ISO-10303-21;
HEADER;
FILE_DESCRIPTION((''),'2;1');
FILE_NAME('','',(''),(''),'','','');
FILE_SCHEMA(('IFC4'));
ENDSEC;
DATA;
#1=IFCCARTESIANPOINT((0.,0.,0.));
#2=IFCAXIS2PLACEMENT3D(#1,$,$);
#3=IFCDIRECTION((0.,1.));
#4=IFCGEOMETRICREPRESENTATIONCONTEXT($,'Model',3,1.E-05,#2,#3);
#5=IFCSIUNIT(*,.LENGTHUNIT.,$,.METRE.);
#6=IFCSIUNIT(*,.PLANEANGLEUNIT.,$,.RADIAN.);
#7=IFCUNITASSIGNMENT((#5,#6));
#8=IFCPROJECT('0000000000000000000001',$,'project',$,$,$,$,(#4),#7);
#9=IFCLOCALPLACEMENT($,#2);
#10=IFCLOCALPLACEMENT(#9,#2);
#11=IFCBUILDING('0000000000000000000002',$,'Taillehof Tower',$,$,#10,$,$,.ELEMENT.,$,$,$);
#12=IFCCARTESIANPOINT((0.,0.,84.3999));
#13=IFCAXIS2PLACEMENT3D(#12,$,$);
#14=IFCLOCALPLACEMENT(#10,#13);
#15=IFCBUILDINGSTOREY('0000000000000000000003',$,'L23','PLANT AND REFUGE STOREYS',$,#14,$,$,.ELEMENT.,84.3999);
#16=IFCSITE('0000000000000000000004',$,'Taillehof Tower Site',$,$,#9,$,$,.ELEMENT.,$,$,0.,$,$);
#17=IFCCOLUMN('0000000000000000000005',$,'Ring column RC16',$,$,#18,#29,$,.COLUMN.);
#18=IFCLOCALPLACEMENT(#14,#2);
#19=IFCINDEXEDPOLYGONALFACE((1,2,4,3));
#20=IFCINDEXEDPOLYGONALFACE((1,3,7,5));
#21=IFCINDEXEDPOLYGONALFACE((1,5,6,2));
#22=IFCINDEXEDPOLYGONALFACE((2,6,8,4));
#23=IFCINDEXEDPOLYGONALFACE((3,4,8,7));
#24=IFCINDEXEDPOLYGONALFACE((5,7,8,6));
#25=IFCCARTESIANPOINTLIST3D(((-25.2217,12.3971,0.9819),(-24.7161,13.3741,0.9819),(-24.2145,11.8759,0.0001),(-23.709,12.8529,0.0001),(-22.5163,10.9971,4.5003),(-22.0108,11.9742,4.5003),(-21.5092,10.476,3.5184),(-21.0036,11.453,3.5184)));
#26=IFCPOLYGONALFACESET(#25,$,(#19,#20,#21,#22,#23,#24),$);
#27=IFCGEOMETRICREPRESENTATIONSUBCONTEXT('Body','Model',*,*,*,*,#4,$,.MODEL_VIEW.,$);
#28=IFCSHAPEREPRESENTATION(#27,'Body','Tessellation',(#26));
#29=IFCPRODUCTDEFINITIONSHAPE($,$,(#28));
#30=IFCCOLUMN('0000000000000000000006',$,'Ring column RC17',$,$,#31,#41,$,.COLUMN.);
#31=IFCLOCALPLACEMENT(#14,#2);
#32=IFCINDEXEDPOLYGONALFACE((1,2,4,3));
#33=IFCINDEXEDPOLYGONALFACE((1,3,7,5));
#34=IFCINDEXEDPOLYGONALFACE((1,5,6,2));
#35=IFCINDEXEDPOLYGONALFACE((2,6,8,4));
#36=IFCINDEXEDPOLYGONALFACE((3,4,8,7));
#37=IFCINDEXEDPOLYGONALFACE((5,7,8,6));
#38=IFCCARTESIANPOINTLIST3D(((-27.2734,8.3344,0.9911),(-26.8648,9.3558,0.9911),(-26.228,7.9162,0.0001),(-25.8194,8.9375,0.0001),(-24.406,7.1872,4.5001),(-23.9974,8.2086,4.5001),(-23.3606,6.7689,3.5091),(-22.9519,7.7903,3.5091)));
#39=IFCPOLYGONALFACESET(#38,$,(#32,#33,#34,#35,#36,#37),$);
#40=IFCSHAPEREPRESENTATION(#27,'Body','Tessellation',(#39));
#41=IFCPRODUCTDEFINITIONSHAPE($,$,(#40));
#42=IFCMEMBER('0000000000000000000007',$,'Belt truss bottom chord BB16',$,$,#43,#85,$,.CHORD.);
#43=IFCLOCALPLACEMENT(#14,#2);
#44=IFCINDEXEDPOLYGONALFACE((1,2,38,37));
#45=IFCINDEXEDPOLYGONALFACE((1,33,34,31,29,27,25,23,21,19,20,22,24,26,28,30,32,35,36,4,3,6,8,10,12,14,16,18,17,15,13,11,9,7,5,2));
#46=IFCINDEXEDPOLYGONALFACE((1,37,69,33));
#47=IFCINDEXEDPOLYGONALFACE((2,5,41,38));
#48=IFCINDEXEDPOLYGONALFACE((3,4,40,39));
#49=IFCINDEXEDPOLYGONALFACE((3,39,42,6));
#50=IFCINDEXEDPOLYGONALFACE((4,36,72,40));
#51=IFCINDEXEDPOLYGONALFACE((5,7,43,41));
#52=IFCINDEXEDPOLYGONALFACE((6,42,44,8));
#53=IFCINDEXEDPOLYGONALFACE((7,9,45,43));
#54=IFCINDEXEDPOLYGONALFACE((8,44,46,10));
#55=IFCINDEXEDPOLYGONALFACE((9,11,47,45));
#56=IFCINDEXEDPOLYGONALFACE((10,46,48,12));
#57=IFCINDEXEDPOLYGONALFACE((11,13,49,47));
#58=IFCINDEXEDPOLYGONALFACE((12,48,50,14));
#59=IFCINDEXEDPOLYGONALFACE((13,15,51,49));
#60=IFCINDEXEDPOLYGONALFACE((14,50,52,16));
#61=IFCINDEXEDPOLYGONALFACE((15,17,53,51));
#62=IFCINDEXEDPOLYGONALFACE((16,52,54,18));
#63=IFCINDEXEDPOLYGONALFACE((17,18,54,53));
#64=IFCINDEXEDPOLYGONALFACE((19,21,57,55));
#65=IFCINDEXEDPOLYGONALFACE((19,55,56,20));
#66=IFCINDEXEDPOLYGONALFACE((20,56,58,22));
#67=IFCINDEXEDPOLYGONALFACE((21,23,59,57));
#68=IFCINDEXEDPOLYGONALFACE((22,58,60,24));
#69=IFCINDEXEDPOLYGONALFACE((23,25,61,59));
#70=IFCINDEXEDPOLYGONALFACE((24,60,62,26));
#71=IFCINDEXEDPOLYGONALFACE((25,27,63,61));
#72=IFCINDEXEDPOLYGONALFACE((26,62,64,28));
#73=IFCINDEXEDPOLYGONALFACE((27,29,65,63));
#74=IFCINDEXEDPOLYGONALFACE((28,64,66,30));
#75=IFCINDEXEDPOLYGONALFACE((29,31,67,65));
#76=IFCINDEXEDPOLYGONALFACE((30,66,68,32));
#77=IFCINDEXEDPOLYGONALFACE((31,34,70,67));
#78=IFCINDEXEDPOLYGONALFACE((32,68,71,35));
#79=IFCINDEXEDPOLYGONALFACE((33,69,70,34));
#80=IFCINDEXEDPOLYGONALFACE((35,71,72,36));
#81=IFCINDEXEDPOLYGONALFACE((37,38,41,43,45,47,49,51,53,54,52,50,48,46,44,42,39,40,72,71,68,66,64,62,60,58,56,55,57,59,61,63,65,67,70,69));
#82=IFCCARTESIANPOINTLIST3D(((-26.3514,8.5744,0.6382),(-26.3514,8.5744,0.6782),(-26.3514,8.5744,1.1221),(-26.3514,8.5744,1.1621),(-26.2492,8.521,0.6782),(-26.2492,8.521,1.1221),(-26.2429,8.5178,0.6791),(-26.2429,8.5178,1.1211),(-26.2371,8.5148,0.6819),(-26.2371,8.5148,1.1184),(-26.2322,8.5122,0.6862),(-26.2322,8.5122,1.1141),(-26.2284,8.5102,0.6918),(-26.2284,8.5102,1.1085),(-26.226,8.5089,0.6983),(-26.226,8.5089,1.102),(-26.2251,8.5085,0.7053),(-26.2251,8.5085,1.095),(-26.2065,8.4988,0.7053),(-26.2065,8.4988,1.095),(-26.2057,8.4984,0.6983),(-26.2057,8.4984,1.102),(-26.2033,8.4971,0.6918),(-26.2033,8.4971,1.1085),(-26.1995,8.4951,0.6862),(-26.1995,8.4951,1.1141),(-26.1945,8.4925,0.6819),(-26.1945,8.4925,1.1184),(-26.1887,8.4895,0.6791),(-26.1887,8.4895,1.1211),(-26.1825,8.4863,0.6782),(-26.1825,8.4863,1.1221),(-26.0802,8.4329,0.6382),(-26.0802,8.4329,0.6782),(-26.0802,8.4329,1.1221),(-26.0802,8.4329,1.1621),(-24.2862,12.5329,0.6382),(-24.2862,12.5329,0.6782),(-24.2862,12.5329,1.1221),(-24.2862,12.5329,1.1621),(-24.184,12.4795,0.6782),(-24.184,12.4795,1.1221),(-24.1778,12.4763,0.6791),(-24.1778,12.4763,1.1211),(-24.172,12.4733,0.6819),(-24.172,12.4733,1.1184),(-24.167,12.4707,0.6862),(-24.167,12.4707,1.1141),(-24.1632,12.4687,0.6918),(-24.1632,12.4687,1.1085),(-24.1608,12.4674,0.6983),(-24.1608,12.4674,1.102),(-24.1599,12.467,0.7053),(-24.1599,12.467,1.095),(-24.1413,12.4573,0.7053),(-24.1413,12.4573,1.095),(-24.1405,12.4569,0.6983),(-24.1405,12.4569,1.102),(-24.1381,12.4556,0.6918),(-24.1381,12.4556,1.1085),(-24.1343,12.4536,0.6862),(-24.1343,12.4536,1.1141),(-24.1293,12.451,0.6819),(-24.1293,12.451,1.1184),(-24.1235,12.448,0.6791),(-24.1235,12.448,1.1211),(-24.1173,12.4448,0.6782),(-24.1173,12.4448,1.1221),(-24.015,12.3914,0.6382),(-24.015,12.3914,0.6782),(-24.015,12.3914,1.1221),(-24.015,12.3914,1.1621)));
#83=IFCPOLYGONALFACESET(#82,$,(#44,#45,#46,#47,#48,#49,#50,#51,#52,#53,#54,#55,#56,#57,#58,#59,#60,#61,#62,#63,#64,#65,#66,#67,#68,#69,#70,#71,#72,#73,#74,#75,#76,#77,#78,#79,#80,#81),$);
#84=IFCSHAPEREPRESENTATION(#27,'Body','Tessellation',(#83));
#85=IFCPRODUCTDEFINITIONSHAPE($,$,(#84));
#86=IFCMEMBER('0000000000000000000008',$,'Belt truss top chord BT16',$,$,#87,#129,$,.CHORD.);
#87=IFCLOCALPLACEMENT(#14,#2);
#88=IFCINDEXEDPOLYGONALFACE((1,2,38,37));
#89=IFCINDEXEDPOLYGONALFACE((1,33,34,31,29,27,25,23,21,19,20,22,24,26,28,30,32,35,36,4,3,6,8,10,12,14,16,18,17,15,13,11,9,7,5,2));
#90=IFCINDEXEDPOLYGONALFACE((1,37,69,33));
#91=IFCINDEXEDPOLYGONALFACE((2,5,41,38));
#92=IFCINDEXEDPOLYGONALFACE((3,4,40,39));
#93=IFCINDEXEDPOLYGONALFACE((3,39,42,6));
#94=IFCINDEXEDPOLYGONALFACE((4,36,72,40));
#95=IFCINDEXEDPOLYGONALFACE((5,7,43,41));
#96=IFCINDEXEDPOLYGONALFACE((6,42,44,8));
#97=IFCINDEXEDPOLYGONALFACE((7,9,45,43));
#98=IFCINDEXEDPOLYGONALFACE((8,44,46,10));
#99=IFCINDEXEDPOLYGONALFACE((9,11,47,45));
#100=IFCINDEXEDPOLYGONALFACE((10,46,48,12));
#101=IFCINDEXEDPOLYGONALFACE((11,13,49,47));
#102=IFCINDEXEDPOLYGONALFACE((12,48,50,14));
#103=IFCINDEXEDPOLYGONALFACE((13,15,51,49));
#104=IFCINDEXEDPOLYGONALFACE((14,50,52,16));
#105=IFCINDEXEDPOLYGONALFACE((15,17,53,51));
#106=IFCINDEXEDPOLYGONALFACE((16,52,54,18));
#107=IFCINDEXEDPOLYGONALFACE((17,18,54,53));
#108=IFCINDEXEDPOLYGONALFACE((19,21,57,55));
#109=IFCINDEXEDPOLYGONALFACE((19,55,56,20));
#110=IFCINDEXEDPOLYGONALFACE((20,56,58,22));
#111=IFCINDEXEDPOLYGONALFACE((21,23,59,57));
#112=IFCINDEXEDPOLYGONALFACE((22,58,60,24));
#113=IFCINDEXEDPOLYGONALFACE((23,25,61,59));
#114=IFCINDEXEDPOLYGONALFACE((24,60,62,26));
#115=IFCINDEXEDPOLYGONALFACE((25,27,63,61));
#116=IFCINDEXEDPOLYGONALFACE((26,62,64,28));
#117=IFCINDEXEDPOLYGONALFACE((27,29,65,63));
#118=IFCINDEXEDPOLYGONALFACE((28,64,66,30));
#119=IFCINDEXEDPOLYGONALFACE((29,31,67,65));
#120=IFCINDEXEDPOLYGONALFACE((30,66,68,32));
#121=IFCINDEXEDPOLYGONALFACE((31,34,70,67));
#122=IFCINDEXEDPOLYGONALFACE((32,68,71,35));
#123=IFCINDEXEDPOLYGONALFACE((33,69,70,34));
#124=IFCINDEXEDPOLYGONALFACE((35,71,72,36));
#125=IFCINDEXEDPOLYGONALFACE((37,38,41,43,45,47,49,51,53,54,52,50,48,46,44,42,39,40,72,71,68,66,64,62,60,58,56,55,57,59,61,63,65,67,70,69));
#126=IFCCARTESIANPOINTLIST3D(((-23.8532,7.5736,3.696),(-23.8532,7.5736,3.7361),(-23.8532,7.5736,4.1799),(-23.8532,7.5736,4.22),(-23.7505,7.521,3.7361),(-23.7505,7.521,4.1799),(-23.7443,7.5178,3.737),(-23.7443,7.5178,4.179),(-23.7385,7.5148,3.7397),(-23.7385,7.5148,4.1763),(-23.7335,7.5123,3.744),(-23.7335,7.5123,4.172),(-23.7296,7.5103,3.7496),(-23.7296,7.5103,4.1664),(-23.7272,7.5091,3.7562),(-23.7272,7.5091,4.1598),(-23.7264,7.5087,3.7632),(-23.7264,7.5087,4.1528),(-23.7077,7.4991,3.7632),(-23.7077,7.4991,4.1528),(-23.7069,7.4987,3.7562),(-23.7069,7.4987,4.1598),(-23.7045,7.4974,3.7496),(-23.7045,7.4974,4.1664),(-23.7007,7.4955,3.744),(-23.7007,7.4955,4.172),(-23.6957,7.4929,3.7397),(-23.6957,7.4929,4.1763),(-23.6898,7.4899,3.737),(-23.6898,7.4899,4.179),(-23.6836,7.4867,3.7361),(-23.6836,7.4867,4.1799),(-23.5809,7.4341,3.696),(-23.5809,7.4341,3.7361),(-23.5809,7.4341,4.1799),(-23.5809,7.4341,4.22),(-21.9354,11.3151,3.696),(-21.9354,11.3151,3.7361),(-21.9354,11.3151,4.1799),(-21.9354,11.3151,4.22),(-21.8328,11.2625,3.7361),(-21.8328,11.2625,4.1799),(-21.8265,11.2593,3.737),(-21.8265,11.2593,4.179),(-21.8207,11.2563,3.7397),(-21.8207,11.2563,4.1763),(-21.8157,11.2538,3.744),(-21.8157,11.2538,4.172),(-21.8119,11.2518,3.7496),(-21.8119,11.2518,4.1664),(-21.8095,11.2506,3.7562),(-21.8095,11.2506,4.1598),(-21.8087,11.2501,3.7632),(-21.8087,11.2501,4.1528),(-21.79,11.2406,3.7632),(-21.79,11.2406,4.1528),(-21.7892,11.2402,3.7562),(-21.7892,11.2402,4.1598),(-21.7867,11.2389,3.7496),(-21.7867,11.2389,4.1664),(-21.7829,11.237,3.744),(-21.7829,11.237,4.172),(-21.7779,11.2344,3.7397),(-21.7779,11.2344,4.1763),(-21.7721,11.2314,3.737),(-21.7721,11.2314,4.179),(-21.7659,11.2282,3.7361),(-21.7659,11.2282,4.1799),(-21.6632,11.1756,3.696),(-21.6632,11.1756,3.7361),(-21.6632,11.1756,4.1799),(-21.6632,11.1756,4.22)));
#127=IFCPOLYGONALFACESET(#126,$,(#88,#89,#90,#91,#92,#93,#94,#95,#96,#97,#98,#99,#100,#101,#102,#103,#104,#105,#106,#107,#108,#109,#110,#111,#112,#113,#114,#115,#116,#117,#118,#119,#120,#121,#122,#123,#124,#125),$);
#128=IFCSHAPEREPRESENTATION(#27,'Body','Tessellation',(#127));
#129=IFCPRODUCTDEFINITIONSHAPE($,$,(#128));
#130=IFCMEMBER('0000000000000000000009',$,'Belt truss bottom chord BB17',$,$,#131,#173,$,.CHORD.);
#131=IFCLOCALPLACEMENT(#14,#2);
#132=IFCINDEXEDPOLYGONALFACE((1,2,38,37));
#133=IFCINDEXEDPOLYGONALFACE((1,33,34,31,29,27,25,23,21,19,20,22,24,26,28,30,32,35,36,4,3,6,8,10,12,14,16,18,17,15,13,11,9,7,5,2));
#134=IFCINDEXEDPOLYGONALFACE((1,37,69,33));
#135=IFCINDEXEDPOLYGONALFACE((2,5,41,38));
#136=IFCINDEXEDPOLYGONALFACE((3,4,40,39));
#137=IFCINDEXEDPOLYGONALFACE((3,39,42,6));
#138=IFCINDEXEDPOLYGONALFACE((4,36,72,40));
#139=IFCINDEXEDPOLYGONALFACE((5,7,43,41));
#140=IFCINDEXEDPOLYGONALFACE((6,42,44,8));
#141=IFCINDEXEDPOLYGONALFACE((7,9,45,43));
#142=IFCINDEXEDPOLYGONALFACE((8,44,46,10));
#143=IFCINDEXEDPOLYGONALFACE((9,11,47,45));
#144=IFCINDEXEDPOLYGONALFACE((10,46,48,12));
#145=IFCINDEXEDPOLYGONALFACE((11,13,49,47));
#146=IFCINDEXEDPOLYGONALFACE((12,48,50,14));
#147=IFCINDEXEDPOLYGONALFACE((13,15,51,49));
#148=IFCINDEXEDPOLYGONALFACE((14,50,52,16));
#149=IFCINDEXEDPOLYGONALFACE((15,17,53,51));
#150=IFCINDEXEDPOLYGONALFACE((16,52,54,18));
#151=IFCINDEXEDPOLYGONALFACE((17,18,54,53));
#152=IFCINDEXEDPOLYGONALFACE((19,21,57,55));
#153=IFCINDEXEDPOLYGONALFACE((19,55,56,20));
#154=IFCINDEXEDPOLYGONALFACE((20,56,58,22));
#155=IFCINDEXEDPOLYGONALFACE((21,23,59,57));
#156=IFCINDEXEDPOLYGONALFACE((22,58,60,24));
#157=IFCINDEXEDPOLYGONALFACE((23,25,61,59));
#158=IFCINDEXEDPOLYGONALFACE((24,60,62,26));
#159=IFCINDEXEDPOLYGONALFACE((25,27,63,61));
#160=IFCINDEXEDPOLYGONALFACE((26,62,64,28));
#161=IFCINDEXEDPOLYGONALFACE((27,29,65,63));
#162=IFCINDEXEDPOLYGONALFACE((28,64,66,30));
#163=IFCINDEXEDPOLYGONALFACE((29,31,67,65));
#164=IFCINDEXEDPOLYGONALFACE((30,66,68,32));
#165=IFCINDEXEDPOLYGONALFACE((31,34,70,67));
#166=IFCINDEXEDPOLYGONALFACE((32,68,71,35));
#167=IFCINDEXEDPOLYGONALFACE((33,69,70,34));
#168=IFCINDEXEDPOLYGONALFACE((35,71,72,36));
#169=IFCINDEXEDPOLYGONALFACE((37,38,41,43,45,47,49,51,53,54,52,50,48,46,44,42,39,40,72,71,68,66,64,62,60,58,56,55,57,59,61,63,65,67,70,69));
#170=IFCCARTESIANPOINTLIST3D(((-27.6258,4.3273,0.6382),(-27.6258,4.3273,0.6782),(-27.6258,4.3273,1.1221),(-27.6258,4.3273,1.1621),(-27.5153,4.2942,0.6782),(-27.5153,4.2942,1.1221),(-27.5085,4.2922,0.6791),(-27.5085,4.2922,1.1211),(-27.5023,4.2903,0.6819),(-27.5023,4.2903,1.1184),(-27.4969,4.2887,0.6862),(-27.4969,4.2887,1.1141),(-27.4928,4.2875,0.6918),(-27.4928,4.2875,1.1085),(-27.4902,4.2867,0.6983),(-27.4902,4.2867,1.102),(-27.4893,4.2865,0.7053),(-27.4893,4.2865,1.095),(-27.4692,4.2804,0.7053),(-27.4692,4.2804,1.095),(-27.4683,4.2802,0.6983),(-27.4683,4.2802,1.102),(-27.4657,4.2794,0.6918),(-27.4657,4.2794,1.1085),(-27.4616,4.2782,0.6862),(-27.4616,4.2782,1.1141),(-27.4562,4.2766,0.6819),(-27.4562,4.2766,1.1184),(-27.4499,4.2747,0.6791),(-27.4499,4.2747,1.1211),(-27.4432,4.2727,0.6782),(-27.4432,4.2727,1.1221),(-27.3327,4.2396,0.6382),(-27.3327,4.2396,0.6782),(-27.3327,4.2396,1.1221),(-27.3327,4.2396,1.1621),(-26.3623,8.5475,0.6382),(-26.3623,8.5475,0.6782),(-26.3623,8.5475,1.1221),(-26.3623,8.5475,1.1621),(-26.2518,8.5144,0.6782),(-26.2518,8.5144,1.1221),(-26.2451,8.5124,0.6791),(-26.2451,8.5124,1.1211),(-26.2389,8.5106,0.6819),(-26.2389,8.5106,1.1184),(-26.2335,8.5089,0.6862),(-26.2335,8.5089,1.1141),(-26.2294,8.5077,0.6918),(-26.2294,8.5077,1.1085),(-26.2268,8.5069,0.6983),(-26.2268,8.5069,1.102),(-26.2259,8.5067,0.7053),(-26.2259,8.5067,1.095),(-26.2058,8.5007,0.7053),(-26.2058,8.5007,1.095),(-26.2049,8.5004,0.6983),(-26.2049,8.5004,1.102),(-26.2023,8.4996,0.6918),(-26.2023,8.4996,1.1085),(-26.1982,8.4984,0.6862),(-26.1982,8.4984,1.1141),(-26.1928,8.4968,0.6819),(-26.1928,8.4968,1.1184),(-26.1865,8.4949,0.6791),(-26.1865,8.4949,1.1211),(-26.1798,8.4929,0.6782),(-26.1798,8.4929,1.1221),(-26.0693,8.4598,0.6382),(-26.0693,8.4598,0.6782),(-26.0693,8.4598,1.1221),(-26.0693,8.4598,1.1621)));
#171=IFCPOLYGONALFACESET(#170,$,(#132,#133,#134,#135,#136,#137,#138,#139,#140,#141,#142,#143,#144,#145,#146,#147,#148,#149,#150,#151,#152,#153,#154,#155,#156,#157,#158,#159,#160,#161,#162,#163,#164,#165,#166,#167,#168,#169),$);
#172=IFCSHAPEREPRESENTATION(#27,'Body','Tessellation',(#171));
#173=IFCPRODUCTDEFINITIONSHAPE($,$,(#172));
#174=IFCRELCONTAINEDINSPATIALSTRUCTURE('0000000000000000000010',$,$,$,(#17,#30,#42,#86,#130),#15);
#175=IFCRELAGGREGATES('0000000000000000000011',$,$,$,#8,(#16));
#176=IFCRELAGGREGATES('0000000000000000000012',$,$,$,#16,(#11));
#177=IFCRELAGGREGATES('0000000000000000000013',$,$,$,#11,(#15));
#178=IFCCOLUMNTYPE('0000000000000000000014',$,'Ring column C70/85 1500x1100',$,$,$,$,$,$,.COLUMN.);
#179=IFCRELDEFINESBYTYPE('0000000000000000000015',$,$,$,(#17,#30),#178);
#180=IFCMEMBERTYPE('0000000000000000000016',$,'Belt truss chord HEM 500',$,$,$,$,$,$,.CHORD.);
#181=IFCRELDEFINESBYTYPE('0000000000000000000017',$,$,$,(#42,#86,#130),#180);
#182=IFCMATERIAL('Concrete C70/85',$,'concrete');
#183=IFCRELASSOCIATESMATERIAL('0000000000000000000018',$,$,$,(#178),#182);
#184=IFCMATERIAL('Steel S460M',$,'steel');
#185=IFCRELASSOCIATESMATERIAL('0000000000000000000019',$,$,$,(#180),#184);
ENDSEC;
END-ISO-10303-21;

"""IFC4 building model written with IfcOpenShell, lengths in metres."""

from ifc_helpers import new_model, si_unit, direction, frame, origin, origin_2d, place, context, subcontext, project, spatial, rectangle, i_section, extrude, material, material_profile, profile_set, type_object, element, save


model = new_model("IFC4")

# Units and contexts
model_context = context("Model", 3, precision=1e-05, world=origin(), true_north=direction((0.0, 1.0)))
body_context = subcontext(model_context, "Body", "Model", "MODEL_VIEW")
ifc_project = project(units=[si_unit("LENGTHUNIT", "METRE"), si_unit("PLANEANGLEUNIT", "RADIAN")], contexts=[model_context])

# Site, building, storey
site_placement = place(None, origin())
site = spatial("IfcSite", under=ifc_project, at=site_placement, Name="Taillehof Tower Site", CompositionType="ELEMENT", RefElevation=0.0)
building_placement = place(site_placement, origin())
building = spatial("IfcBuilding", under=site, at=building_placement, Name="Taillehof Tower", CompositionType="ELEMENT")
storey_placement = place(building_placement, frame((0.0, 0.0, 84.3999)))
storey = spatial("IfcBuildingStorey", under=building, at=storey_placement, Name="L23", Description="PLANT AND REFUGE STOREYS", CompositionType="ELEMENT", Elevation=84.3999)

# Columns
ifc_material_1 = material(Name="Concrete C70/85", Category="concrete")
ifc_material_profile_1 = material_profile(ifc_material_1, rectangle(XDim=1.5, YDim=1.1001, at=origin_2d()), Name="RC 1500x1100")
ifc_profile_set_1 = profile_set([ifc_material_profile_1], Name="Concrete C70/85")
column_type = type_object("IfcColumnType", Name="Ring column C70/85 1500x1100", PredefinedType="COLUMN", material=ifc_profile_set_1)
column_1_placement = place(storey_placement, frame((-24.4653, 12.625, 0.491), z_axis=(0.581326, -0.300814, 0.756023), x_axis=(-0.671452, 0.347451, 0.654545)))
element("IfcColumn", 1, at=column_1_placement, inside=storey, type_object=column_type, Name="Ring column RC16", PredefinedType="COLUMN", context=body_context, shape_type="SweptSolid", body=[
    extrude(rectangle(XDim=1.5, YDim=1.1001, at=origin_2d()), origin(), (0.0, 0.0, 1.0), 4.6538),
])
column_2_placement = place(storey_placement, frame((-26.5464, 8.636, 0.4956), z_axis=(0.613411, -0.245417, 0.750665), x_axis=(-0.696954, 0.278841, 0.660683)))
element("IfcColumn", 2, at=column_2_placement, inside=storey, type_object=column_type, Name="Ring column RC17", PredefinedType="COLUMN", context=body_context, shape_type="SweptSolid", body=[
    extrude(rectangle(XDim=1.5, YDim=1.1001, at=origin_2d()), origin(), (0.0, 0.0, 1.0), 4.6746),
])

# Members
ifc_material_2 = material(Name="Steel S460M", Category="steel")
ifc_material_profile_2 = material_profile(ifc_material_2, i_section(OverallWidth=0.3059, OverallDepth=0.5239, WebThickness=0.021, FlangeThickness=0.04, FilletRadius=0.0271, at=origin_2d()), Name="HEM 500")
ifc_profile_set_2 = profile_set([ifc_material_profile_2], Name="Steel S460M")
member_type_1 = type_object("IfcMemberType", Name="Belt truss chord HEM 500", PredefinedType="CHORD", material=ifc_profile_set_2)
member_1_placement = place(storey_placement, frame((-24.1506, 12.4622, 0.9001), z_axis=(-0.462545, -0.886596, 0.0), x_axis=(0.886596, -0.462545, 0.0)))
element("IfcMember", 3, at=member_1_placement, inside=storey, type_object=member_type_1, Name="Belt truss bottom chord BB16", PredefinedType="CHORD", context=body_context, shape_type="SweptSolid", body=[
    extrude(i_section(OverallWidth=0.3059, OverallDepth=0.5239, WebThickness=0.021, FlangeThickness=0.04, FilletRadius=0.0271, at=origin_2d()), origin(), (0.0, 0.0, 1.0), 4.4648),
])
member_2_placement = place(storey_placement, frame((-21.7993, 11.2454, 3.958), z_axis=(-0.456134, -0.889911, 0.0), x_axis=(0.889911, -0.456134, 0.0)))
element("IfcMember", 4, at=member_2_placement, inside=storey, type_object=member_type_1, Name="Belt truss top chord BT16", PredefinedType="CHORD", context=body_context, shape_type="SweptSolid", body=[
    extrude(i_section(OverallWidth=0.3059, OverallDepth=0.5239, WebThickness=0.021, FlangeThickness=0.04, FilletRadius=0.0271, at=origin_2d()), origin(), (0.0, 0.0, 1.0), 4.2043),
])
member_3_placement = place(storey_placement, frame((-26.2158, 8.5037, 0.9001), z_axis=(-0.286799, -0.957991, 0.0), x_axis=(0.957991, -0.286799, 0.0)))
element("IfcMember", 5, at=member_3_placement, inside=storey, type_object=member_type_1, Name="Belt truss bottom chord BB17", PredefinedType="CHORD", context=body_context, shape_type="SweptSolid", body=[
    extrude(i_section(OverallWidth=0.3059, OverallDepth=0.5239, WebThickness=0.021, FlangeThickness=0.04, FilletRadius=0.0271, at=origin_2d()), origin(), (0.0, 0.0, 1.0), 4.4053),
])

save(model, "model.ifc")
